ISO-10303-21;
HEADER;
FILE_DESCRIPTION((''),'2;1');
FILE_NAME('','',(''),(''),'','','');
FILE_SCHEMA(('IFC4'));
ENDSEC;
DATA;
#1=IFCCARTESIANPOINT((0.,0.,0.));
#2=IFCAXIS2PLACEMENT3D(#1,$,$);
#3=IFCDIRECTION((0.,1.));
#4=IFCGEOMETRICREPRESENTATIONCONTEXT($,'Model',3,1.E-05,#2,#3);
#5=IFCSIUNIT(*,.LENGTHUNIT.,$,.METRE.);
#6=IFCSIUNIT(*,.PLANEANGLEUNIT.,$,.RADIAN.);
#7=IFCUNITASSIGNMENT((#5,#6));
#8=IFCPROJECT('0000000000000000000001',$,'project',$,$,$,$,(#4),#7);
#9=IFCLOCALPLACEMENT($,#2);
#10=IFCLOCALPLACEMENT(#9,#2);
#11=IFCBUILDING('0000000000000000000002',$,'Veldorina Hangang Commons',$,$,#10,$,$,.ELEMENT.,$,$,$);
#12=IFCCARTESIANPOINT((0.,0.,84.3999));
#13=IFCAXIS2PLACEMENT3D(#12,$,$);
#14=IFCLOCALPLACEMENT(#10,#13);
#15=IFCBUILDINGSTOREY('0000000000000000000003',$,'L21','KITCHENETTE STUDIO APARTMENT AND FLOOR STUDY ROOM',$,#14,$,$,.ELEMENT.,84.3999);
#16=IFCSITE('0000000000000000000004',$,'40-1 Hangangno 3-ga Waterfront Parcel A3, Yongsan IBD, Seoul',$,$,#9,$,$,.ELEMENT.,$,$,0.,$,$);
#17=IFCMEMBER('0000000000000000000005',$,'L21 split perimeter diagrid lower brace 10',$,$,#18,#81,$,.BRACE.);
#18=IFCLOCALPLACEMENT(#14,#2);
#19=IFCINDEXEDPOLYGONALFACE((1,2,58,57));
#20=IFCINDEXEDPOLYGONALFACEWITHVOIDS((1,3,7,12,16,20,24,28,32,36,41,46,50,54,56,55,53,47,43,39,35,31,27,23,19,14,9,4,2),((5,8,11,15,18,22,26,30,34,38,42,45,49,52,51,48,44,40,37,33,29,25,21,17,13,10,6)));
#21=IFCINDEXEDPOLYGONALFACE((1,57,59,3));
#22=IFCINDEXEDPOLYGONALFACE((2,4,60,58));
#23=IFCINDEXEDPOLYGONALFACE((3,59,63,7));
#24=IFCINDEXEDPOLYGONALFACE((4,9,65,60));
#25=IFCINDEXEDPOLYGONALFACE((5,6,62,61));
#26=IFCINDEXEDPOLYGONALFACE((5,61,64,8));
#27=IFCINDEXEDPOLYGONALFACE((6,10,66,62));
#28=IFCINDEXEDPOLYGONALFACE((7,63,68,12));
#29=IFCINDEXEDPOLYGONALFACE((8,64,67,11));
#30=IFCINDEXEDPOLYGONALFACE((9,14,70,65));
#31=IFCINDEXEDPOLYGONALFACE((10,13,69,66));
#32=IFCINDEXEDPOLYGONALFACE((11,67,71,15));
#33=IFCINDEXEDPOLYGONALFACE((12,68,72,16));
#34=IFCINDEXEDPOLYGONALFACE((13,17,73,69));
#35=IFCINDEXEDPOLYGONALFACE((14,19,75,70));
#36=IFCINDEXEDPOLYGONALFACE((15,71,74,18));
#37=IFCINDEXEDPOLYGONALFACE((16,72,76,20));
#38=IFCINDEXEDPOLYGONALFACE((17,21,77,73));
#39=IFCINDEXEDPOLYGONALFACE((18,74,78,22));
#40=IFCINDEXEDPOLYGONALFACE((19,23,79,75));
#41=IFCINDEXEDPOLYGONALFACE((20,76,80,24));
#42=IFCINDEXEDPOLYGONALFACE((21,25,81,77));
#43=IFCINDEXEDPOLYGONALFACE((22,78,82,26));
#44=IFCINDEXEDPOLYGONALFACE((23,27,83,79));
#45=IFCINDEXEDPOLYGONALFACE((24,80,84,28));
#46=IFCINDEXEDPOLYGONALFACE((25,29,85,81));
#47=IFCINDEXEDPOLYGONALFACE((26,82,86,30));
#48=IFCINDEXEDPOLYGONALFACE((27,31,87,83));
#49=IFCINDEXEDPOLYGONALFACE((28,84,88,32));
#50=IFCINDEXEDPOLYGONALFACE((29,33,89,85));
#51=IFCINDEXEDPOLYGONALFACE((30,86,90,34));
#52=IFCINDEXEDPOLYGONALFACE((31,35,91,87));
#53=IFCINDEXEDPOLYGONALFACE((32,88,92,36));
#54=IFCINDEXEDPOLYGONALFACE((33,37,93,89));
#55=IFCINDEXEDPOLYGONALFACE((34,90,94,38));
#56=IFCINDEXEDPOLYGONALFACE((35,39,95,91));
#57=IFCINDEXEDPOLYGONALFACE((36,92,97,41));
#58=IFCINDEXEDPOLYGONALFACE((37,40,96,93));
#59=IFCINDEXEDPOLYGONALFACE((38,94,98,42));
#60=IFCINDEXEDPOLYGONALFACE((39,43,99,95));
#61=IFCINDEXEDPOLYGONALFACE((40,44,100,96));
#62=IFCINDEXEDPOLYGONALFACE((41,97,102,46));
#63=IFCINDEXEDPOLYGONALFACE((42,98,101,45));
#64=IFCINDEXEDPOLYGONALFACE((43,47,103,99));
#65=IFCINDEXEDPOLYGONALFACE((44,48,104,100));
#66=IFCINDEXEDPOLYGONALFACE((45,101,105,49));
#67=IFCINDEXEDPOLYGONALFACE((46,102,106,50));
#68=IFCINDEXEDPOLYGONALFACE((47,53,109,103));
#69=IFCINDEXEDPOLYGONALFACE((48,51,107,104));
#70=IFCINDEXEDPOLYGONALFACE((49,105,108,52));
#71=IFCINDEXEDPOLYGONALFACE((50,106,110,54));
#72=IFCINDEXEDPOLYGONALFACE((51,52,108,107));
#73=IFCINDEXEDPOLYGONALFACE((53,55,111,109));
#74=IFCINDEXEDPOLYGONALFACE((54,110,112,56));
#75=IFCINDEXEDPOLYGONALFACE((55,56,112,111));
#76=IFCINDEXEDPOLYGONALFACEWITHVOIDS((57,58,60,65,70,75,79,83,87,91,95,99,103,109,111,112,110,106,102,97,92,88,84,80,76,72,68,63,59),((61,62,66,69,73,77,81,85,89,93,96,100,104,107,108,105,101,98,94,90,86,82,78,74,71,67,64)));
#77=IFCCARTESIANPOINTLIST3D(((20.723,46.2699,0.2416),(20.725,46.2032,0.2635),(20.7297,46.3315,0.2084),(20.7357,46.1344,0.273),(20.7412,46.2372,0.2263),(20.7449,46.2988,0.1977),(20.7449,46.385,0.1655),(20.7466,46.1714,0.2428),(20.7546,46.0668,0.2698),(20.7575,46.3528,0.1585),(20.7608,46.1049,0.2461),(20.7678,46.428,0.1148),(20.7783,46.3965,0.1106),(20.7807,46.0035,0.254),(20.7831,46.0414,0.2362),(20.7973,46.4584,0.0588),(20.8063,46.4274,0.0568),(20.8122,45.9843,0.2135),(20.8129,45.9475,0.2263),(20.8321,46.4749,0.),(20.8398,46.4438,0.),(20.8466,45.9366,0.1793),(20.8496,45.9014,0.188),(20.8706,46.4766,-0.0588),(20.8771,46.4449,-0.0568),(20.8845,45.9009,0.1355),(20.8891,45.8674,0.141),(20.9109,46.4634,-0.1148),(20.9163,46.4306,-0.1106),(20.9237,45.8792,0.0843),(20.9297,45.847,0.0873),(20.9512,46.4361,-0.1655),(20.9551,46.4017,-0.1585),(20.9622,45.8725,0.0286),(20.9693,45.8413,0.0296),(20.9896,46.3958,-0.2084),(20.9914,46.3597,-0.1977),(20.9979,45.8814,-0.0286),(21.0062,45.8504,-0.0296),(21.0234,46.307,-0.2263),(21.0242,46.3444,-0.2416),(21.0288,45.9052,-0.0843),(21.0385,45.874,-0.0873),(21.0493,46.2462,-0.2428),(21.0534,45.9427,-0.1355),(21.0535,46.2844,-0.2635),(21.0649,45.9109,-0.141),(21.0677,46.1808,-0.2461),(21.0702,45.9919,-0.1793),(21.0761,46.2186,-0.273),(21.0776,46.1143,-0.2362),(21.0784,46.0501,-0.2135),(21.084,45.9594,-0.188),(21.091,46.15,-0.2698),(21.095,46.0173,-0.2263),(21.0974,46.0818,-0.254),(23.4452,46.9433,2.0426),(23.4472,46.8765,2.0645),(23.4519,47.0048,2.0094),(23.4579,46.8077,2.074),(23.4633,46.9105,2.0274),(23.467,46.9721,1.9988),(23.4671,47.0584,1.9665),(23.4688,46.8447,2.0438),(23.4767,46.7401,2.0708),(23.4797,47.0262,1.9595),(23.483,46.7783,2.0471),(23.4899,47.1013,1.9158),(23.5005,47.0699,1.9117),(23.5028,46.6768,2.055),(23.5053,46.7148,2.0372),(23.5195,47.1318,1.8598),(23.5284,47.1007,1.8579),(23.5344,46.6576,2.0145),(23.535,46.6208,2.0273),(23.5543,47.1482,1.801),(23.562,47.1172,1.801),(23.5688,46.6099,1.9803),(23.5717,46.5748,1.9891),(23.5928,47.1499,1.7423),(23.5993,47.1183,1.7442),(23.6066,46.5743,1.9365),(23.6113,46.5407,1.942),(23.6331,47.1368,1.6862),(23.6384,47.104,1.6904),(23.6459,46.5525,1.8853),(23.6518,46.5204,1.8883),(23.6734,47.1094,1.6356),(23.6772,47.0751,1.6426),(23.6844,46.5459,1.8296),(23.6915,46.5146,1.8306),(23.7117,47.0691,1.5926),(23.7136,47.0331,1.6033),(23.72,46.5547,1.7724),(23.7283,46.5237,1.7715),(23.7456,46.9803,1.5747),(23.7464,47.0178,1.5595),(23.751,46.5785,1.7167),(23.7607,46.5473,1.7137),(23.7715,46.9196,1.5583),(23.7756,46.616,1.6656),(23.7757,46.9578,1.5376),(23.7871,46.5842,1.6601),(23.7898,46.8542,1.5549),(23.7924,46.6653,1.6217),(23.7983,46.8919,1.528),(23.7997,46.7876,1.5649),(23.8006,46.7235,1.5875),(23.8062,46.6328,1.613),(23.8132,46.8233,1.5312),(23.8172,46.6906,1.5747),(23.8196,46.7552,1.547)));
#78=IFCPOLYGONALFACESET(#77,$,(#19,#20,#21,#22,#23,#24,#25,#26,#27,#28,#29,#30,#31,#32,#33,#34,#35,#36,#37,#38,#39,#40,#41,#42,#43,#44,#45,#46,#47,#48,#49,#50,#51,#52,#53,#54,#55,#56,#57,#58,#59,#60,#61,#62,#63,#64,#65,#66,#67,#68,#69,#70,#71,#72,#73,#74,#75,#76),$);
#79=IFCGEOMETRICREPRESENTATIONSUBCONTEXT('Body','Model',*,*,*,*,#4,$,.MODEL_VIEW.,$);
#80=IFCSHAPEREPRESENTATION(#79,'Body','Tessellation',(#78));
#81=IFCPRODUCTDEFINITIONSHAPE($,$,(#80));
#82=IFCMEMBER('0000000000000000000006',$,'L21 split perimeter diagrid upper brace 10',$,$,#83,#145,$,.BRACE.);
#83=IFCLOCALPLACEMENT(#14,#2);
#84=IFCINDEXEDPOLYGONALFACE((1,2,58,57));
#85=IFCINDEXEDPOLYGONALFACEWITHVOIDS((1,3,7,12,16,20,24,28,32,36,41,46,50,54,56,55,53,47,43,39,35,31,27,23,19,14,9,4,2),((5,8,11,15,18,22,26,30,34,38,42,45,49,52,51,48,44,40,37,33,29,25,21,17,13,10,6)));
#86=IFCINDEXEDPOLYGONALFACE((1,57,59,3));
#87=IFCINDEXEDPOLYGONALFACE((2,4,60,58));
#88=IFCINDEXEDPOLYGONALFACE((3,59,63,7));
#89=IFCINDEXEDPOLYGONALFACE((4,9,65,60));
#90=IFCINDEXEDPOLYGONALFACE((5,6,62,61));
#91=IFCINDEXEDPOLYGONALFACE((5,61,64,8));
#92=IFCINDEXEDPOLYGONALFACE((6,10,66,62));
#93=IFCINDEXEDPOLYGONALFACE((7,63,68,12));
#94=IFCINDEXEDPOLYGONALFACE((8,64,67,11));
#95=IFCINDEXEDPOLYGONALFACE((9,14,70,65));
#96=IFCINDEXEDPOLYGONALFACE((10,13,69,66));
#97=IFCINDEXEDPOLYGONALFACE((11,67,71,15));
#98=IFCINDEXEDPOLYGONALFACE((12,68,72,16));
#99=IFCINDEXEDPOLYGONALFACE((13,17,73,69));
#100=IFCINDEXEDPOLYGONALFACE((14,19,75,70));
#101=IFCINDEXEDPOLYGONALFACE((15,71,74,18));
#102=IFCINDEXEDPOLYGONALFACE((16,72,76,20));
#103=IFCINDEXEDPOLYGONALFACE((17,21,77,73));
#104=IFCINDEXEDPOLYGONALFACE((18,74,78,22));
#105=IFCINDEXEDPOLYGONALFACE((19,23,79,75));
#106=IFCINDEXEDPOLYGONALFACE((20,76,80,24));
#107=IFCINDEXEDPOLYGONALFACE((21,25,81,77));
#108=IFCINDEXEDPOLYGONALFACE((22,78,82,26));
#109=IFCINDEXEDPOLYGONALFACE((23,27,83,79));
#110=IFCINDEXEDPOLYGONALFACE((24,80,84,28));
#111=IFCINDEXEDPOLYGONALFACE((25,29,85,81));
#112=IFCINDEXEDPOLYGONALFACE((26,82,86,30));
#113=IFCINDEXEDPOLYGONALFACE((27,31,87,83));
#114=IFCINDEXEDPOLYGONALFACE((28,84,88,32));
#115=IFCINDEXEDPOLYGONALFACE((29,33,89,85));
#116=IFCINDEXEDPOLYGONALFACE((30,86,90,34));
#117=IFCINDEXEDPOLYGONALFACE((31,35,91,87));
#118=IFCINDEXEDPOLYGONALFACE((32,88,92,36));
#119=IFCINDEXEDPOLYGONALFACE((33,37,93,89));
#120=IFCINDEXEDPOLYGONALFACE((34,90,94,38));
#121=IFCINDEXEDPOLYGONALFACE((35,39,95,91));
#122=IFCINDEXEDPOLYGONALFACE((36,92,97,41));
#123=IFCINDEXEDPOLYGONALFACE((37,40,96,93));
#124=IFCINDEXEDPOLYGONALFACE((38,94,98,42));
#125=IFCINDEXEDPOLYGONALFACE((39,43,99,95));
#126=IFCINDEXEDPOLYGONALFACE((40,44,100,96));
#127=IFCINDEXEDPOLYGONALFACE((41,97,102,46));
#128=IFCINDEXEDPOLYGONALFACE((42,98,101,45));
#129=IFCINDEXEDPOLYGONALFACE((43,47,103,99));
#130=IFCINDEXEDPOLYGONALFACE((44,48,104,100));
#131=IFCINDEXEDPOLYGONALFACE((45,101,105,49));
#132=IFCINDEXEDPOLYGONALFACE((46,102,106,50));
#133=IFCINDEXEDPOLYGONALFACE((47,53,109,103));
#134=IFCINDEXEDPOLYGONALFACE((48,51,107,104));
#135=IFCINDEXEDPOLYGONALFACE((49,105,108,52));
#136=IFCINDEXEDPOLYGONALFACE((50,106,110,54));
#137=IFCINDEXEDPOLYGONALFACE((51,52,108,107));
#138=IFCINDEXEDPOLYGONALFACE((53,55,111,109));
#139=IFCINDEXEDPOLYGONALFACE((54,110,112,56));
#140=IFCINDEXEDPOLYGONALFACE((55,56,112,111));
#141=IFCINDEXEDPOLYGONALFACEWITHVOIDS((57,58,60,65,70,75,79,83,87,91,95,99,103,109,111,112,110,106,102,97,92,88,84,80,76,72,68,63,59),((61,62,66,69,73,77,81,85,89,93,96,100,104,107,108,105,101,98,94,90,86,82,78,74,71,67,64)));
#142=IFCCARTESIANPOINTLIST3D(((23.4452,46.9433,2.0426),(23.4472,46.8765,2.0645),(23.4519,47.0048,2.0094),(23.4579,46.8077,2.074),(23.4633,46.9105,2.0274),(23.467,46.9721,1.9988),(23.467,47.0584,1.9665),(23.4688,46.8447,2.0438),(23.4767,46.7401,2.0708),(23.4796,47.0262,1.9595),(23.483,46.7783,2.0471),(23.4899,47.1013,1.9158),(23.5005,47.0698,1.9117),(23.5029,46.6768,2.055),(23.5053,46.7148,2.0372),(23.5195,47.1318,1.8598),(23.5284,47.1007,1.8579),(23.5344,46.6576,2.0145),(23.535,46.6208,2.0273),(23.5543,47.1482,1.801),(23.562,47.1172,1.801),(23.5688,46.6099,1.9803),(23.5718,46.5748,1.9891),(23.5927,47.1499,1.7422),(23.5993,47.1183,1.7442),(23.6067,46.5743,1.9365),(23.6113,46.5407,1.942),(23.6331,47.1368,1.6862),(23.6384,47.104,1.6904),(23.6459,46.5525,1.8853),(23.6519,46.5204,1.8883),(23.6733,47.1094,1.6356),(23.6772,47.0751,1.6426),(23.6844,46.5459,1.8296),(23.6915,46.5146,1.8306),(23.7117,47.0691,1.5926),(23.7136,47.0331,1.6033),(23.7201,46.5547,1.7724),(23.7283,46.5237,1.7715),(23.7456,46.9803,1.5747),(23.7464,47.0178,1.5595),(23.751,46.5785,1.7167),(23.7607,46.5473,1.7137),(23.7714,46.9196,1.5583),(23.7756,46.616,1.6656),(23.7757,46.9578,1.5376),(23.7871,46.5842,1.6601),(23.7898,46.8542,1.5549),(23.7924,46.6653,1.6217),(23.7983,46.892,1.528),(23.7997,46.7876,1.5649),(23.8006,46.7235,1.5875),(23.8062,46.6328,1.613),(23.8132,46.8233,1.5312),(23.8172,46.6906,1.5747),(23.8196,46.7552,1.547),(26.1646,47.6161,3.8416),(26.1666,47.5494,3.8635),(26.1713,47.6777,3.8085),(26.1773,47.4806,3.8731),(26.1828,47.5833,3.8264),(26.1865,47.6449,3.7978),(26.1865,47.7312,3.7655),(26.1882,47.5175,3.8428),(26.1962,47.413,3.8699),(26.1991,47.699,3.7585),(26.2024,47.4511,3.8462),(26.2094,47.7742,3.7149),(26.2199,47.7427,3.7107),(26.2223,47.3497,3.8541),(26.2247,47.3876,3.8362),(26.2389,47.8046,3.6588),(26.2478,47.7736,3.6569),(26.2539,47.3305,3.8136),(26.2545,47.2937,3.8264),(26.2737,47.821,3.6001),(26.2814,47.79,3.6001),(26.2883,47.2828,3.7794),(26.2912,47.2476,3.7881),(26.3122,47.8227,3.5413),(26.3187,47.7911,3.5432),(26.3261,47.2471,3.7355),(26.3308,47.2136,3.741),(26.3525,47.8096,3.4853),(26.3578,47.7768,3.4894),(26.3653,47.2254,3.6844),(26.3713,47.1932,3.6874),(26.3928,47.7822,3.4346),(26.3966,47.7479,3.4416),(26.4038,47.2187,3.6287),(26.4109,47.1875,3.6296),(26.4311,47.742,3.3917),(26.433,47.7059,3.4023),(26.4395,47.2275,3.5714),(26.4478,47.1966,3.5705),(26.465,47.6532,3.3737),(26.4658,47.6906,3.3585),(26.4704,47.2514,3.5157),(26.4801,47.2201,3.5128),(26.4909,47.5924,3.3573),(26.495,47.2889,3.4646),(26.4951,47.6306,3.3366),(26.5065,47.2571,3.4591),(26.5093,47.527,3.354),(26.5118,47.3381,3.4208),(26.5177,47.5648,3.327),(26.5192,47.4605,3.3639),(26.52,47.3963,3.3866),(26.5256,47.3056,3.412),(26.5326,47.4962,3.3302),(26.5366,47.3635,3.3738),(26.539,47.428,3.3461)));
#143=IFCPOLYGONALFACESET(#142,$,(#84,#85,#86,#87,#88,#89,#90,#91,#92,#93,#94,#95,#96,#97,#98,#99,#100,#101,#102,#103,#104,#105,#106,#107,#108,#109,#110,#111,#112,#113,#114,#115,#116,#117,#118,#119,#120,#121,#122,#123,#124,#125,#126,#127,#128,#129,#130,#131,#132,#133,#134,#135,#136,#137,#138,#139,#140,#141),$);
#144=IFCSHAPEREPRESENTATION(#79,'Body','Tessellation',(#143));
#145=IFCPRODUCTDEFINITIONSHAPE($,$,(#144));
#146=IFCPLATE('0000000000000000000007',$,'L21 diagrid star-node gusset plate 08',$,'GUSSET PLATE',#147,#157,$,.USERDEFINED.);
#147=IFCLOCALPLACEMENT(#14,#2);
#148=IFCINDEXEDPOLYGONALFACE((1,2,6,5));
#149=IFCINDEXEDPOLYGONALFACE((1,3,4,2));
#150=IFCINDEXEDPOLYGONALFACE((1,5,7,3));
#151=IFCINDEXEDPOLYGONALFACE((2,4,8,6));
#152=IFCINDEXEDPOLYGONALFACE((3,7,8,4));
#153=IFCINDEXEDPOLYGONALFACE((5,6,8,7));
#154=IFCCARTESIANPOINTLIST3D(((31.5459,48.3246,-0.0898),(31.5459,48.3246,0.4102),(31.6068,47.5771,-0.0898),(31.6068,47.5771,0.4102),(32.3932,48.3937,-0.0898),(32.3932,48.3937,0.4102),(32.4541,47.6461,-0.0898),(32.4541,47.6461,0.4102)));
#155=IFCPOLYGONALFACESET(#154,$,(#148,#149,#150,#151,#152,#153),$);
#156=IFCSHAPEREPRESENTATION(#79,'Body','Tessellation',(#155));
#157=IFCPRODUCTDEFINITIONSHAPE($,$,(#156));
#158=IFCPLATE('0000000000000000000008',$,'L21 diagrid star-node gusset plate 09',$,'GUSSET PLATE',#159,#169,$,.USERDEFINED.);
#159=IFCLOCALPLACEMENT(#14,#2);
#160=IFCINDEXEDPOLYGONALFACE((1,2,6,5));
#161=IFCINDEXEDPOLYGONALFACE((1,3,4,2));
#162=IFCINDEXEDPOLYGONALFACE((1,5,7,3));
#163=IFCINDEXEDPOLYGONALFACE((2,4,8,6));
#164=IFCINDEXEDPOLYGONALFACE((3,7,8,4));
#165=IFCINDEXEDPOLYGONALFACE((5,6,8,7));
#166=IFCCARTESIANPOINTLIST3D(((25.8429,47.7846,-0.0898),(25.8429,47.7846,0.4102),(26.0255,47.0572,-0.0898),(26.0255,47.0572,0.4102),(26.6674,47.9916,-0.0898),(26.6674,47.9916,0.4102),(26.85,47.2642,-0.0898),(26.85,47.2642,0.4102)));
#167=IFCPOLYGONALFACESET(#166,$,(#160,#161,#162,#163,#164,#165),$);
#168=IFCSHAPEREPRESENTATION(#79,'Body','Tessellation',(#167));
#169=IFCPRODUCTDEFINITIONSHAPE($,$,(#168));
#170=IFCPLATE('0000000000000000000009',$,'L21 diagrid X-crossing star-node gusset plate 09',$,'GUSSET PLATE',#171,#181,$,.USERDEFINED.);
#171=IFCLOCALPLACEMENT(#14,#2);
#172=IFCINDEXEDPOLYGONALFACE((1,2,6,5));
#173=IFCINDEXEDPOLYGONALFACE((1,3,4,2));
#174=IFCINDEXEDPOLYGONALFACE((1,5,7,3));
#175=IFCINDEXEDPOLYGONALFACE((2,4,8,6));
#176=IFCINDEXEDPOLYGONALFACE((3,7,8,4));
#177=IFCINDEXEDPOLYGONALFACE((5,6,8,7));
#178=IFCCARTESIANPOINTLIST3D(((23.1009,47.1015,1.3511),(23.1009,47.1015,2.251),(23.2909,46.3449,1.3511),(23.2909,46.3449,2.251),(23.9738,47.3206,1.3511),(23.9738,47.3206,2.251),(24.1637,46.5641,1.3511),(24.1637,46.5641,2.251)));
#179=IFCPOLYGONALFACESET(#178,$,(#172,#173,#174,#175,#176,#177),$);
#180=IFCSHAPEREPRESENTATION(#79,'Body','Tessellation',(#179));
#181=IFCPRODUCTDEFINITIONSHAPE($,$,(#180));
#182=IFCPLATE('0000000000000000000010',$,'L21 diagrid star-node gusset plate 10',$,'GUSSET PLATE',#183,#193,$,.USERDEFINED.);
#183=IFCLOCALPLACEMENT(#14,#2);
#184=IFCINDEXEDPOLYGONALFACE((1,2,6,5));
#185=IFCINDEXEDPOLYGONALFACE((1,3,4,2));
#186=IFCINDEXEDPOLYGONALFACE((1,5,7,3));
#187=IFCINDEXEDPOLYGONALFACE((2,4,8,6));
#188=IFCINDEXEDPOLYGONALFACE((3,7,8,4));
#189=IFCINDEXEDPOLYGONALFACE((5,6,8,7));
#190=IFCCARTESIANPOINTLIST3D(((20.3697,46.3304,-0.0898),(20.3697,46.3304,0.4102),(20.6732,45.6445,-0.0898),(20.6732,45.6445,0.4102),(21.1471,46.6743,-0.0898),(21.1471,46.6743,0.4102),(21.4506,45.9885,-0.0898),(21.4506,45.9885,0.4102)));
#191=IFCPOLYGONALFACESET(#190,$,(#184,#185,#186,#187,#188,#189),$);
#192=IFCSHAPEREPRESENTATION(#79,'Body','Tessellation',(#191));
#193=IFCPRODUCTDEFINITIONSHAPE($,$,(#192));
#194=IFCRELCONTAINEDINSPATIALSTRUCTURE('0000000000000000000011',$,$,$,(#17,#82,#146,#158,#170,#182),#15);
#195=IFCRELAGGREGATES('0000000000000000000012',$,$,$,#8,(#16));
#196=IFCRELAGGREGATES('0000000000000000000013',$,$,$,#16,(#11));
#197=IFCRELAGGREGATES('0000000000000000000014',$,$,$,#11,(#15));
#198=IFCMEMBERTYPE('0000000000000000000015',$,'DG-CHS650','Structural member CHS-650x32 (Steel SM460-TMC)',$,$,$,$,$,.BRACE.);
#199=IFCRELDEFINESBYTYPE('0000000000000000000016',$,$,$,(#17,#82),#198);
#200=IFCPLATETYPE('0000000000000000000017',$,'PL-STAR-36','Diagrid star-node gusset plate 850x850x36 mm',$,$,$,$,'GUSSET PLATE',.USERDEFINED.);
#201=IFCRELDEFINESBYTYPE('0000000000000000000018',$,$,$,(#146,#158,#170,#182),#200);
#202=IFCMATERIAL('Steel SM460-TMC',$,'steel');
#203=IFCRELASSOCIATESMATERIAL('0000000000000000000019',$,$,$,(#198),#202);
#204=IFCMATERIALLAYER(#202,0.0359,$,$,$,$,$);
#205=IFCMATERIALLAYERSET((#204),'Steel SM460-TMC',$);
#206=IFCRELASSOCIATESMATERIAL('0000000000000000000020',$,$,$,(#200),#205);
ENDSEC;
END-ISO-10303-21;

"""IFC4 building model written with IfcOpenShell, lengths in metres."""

from ifc_helpers import new_model, si_unit, direction, frame, origin, origin_2d, place, context, subcontext, project, spatial, rectangle, hollow_circle, extrude, material, layer, layer_set, material_profile, profile_set, type_object, element, save


model = new_model("IFC4")

# Units and contexts
model_context = context("Model", 3, precision=1e-05, world=origin(), true_north=direction((0.0, 1.0)))
body_context = subcontext(model_context, "Body", "Model", "MODEL_VIEW")
ifc_project = project(units=[si_unit("LENGTHUNIT", "METRE"), si_unit("PLANEANGLEUNIT", "RADIAN")], contexts=[model_context])

# Site, building, storey
site_placement = place(None, origin())
site = spatial("IfcSite", under=ifc_project, at=site_placement, Name="40-1 Hangangno 3-ga Waterfront Parcel A3, Yongsan IBD, Seoul", CompositionType="ELEMENT", RefElevation=0.0)
building_placement = place(site_placement, origin())
building = spatial("IfcBuilding", under=site, at=building_placement, Name="Veldorina Hangang Commons", CompositionType="ELEMENT")
storey_placement = place(building_placement, frame((0.0, 0.0, 84.3999)))
storey = spatial("IfcBuildingStorey", under=building, at=storey_placement, Name="L21", Description="KITCHENETTE STUDIO APARTMENT AND FLOOR STUDY ROOM", CompositionType="ELEMENT", Elevation=84.3999)

# Members
ifc_material_1 = material(Name="Steel SM460-TMC", Category="steel")
ifc_material_profile_1 = material_profile(ifc_material_1, hollow_circle(Radius=0.325, WallThickness=0.032, at=origin_2d()), Name="CHS-650x32")
ifc_profile_set_1 = profile_set([ifc_material_profile_1], Name="Steel SM460-TMC")
member_type = type_object("IfcMemberType", Name="DG-CHS650", Description="Structural member CHS-650x32 (Steel SM460-TMC)", PredefinedType="BRACE", material=ifc_profile_set_1)
member_1_placement = place(storey_placement, frame((20.9102, 46.1594, 0.0), z_axis=(0.816791, 0.202037, 0.540401), x_axis=(-0.240118, 0.970744, 0.0)))
element("IfcMember", 1, at=member_1_placement, inside=storey, type_object=member_type, Name="L21 split perimeter diagrid lower brace 10", PredefinedType="BRACE", context=body_context, shape_type="SweptSolid", body=[
    extrude(hollow_circle(Radius=0.325, WallThickness=0.032, at=origin_2d()), origin(), (0.0, 0.0, 1.0), 3.3328),
])
member_2_placement = place(storey_placement, frame((23.6323, 46.8328, 1.801), z_axis=(0.816806, 0.202093, 0.540358), x_axis=(-0.240177, 0.970729, 0.0)))
element("IfcMember", 2, at=member_2_placement, inside=storey, type_object=member_type, Name="L21 split perimeter diagrid upper brace 10", PredefinedType="BRACE", context=body_context, shape_type="SweptSolid", body=[
    extrude(hollow_circle(Radius=0.325, WallThickness=0.032, at=origin_2d()), origin(), (0.0, 0.0, 1.0), 3.3293),
])

# Plates
ifc_layer_1 = layer(ifc_material_1, 0.0359)
ifc_layer_set_1 = layer_set([ifc_layer_1], Name="Steel SM460-TMC")
plate_type = type_object("IfcPlateType", Name="PL-STAR-36", Description="Diagrid star-node gusset plate 850x850x36 mm", ElementType="GUSSET PLATE", PredefinedType="USERDEFINED", material=ifc_layer_set_1)
for number, where, z_axis, x_axis, name in (
    (3, (32.0, 47.9854, -0.0898), (0.0, 0.0, 1.0), (-0.996693, -0.08126, 0.0), "L21 diagrid star-node gusset plate 08"),
    (4, (26.3464, 47.5244, -0.0898), (0.0, 0.0, 1.0), (-0.969898, -0.243513, 0.0), "L21 diagrid star-node gusset plate 09"),
):
    element("IfcPlate", number, at=place(storey_placement, frame(where, z_axis=z_axis, x_axis=x_axis)), inside=storey, type_object=plate_type, Name=name, ObjectType="GUSSET PLATE", PredefinedType="USERDEFINED", context=body_context, shape_type="SweptSolid", body=[
        extrude(rectangle(XDim=0.8501, YDim=0.75, at=origin_2d()), origin(), (0.0, 0.0, 1.0), 0.5),
    ])
plate_1_placement = place(storey_placement, frame((23.6323, 46.8328, 1.3511), z_axis=(0.0, 0.0, 1.0), x_axis=(-0.969898, -0.243513, 0.0)))
element("IfcPlate", 5, at=plate_1_placement, inside=storey, type_object=plate_type, Name="L21 diagrid X-crossing star-node gusset plate 09", ObjectType="GUSSET PLATE", PredefinedType="USERDEFINED", context=body_context, shape_type="SweptSolid", body=[
    extrude(rectangle(XDim=0.8999, YDim=0.78, at=origin_2d()), origin(), (0.0, 0.0, 1.0), 0.8999),
])
plate_2_placement = place(storey_placement, frame((20.9102, 46.1594, -0.0898), z_axis=(0.0, 0.0, 1.0), x_axis=(-0.914501, -0.404583, 0.0)))
element("IfcPlate", 6, at=plate_2_placement, inside=storey, type_object=plate_type, Name="L21 diagrid star-node gusset plate 10", ObjectType="GUSSET PLATE", PredefinedType="USERDEFINED", context=body_context, shape_type="SweptSolid", body=[
    extrude(rectangle(XDim=0.8501, YDim=0.75, at=origin_2d()), origin(), (0.0, 0.0, 1.0), 0.5),
])

save(model, "model.ifc")
